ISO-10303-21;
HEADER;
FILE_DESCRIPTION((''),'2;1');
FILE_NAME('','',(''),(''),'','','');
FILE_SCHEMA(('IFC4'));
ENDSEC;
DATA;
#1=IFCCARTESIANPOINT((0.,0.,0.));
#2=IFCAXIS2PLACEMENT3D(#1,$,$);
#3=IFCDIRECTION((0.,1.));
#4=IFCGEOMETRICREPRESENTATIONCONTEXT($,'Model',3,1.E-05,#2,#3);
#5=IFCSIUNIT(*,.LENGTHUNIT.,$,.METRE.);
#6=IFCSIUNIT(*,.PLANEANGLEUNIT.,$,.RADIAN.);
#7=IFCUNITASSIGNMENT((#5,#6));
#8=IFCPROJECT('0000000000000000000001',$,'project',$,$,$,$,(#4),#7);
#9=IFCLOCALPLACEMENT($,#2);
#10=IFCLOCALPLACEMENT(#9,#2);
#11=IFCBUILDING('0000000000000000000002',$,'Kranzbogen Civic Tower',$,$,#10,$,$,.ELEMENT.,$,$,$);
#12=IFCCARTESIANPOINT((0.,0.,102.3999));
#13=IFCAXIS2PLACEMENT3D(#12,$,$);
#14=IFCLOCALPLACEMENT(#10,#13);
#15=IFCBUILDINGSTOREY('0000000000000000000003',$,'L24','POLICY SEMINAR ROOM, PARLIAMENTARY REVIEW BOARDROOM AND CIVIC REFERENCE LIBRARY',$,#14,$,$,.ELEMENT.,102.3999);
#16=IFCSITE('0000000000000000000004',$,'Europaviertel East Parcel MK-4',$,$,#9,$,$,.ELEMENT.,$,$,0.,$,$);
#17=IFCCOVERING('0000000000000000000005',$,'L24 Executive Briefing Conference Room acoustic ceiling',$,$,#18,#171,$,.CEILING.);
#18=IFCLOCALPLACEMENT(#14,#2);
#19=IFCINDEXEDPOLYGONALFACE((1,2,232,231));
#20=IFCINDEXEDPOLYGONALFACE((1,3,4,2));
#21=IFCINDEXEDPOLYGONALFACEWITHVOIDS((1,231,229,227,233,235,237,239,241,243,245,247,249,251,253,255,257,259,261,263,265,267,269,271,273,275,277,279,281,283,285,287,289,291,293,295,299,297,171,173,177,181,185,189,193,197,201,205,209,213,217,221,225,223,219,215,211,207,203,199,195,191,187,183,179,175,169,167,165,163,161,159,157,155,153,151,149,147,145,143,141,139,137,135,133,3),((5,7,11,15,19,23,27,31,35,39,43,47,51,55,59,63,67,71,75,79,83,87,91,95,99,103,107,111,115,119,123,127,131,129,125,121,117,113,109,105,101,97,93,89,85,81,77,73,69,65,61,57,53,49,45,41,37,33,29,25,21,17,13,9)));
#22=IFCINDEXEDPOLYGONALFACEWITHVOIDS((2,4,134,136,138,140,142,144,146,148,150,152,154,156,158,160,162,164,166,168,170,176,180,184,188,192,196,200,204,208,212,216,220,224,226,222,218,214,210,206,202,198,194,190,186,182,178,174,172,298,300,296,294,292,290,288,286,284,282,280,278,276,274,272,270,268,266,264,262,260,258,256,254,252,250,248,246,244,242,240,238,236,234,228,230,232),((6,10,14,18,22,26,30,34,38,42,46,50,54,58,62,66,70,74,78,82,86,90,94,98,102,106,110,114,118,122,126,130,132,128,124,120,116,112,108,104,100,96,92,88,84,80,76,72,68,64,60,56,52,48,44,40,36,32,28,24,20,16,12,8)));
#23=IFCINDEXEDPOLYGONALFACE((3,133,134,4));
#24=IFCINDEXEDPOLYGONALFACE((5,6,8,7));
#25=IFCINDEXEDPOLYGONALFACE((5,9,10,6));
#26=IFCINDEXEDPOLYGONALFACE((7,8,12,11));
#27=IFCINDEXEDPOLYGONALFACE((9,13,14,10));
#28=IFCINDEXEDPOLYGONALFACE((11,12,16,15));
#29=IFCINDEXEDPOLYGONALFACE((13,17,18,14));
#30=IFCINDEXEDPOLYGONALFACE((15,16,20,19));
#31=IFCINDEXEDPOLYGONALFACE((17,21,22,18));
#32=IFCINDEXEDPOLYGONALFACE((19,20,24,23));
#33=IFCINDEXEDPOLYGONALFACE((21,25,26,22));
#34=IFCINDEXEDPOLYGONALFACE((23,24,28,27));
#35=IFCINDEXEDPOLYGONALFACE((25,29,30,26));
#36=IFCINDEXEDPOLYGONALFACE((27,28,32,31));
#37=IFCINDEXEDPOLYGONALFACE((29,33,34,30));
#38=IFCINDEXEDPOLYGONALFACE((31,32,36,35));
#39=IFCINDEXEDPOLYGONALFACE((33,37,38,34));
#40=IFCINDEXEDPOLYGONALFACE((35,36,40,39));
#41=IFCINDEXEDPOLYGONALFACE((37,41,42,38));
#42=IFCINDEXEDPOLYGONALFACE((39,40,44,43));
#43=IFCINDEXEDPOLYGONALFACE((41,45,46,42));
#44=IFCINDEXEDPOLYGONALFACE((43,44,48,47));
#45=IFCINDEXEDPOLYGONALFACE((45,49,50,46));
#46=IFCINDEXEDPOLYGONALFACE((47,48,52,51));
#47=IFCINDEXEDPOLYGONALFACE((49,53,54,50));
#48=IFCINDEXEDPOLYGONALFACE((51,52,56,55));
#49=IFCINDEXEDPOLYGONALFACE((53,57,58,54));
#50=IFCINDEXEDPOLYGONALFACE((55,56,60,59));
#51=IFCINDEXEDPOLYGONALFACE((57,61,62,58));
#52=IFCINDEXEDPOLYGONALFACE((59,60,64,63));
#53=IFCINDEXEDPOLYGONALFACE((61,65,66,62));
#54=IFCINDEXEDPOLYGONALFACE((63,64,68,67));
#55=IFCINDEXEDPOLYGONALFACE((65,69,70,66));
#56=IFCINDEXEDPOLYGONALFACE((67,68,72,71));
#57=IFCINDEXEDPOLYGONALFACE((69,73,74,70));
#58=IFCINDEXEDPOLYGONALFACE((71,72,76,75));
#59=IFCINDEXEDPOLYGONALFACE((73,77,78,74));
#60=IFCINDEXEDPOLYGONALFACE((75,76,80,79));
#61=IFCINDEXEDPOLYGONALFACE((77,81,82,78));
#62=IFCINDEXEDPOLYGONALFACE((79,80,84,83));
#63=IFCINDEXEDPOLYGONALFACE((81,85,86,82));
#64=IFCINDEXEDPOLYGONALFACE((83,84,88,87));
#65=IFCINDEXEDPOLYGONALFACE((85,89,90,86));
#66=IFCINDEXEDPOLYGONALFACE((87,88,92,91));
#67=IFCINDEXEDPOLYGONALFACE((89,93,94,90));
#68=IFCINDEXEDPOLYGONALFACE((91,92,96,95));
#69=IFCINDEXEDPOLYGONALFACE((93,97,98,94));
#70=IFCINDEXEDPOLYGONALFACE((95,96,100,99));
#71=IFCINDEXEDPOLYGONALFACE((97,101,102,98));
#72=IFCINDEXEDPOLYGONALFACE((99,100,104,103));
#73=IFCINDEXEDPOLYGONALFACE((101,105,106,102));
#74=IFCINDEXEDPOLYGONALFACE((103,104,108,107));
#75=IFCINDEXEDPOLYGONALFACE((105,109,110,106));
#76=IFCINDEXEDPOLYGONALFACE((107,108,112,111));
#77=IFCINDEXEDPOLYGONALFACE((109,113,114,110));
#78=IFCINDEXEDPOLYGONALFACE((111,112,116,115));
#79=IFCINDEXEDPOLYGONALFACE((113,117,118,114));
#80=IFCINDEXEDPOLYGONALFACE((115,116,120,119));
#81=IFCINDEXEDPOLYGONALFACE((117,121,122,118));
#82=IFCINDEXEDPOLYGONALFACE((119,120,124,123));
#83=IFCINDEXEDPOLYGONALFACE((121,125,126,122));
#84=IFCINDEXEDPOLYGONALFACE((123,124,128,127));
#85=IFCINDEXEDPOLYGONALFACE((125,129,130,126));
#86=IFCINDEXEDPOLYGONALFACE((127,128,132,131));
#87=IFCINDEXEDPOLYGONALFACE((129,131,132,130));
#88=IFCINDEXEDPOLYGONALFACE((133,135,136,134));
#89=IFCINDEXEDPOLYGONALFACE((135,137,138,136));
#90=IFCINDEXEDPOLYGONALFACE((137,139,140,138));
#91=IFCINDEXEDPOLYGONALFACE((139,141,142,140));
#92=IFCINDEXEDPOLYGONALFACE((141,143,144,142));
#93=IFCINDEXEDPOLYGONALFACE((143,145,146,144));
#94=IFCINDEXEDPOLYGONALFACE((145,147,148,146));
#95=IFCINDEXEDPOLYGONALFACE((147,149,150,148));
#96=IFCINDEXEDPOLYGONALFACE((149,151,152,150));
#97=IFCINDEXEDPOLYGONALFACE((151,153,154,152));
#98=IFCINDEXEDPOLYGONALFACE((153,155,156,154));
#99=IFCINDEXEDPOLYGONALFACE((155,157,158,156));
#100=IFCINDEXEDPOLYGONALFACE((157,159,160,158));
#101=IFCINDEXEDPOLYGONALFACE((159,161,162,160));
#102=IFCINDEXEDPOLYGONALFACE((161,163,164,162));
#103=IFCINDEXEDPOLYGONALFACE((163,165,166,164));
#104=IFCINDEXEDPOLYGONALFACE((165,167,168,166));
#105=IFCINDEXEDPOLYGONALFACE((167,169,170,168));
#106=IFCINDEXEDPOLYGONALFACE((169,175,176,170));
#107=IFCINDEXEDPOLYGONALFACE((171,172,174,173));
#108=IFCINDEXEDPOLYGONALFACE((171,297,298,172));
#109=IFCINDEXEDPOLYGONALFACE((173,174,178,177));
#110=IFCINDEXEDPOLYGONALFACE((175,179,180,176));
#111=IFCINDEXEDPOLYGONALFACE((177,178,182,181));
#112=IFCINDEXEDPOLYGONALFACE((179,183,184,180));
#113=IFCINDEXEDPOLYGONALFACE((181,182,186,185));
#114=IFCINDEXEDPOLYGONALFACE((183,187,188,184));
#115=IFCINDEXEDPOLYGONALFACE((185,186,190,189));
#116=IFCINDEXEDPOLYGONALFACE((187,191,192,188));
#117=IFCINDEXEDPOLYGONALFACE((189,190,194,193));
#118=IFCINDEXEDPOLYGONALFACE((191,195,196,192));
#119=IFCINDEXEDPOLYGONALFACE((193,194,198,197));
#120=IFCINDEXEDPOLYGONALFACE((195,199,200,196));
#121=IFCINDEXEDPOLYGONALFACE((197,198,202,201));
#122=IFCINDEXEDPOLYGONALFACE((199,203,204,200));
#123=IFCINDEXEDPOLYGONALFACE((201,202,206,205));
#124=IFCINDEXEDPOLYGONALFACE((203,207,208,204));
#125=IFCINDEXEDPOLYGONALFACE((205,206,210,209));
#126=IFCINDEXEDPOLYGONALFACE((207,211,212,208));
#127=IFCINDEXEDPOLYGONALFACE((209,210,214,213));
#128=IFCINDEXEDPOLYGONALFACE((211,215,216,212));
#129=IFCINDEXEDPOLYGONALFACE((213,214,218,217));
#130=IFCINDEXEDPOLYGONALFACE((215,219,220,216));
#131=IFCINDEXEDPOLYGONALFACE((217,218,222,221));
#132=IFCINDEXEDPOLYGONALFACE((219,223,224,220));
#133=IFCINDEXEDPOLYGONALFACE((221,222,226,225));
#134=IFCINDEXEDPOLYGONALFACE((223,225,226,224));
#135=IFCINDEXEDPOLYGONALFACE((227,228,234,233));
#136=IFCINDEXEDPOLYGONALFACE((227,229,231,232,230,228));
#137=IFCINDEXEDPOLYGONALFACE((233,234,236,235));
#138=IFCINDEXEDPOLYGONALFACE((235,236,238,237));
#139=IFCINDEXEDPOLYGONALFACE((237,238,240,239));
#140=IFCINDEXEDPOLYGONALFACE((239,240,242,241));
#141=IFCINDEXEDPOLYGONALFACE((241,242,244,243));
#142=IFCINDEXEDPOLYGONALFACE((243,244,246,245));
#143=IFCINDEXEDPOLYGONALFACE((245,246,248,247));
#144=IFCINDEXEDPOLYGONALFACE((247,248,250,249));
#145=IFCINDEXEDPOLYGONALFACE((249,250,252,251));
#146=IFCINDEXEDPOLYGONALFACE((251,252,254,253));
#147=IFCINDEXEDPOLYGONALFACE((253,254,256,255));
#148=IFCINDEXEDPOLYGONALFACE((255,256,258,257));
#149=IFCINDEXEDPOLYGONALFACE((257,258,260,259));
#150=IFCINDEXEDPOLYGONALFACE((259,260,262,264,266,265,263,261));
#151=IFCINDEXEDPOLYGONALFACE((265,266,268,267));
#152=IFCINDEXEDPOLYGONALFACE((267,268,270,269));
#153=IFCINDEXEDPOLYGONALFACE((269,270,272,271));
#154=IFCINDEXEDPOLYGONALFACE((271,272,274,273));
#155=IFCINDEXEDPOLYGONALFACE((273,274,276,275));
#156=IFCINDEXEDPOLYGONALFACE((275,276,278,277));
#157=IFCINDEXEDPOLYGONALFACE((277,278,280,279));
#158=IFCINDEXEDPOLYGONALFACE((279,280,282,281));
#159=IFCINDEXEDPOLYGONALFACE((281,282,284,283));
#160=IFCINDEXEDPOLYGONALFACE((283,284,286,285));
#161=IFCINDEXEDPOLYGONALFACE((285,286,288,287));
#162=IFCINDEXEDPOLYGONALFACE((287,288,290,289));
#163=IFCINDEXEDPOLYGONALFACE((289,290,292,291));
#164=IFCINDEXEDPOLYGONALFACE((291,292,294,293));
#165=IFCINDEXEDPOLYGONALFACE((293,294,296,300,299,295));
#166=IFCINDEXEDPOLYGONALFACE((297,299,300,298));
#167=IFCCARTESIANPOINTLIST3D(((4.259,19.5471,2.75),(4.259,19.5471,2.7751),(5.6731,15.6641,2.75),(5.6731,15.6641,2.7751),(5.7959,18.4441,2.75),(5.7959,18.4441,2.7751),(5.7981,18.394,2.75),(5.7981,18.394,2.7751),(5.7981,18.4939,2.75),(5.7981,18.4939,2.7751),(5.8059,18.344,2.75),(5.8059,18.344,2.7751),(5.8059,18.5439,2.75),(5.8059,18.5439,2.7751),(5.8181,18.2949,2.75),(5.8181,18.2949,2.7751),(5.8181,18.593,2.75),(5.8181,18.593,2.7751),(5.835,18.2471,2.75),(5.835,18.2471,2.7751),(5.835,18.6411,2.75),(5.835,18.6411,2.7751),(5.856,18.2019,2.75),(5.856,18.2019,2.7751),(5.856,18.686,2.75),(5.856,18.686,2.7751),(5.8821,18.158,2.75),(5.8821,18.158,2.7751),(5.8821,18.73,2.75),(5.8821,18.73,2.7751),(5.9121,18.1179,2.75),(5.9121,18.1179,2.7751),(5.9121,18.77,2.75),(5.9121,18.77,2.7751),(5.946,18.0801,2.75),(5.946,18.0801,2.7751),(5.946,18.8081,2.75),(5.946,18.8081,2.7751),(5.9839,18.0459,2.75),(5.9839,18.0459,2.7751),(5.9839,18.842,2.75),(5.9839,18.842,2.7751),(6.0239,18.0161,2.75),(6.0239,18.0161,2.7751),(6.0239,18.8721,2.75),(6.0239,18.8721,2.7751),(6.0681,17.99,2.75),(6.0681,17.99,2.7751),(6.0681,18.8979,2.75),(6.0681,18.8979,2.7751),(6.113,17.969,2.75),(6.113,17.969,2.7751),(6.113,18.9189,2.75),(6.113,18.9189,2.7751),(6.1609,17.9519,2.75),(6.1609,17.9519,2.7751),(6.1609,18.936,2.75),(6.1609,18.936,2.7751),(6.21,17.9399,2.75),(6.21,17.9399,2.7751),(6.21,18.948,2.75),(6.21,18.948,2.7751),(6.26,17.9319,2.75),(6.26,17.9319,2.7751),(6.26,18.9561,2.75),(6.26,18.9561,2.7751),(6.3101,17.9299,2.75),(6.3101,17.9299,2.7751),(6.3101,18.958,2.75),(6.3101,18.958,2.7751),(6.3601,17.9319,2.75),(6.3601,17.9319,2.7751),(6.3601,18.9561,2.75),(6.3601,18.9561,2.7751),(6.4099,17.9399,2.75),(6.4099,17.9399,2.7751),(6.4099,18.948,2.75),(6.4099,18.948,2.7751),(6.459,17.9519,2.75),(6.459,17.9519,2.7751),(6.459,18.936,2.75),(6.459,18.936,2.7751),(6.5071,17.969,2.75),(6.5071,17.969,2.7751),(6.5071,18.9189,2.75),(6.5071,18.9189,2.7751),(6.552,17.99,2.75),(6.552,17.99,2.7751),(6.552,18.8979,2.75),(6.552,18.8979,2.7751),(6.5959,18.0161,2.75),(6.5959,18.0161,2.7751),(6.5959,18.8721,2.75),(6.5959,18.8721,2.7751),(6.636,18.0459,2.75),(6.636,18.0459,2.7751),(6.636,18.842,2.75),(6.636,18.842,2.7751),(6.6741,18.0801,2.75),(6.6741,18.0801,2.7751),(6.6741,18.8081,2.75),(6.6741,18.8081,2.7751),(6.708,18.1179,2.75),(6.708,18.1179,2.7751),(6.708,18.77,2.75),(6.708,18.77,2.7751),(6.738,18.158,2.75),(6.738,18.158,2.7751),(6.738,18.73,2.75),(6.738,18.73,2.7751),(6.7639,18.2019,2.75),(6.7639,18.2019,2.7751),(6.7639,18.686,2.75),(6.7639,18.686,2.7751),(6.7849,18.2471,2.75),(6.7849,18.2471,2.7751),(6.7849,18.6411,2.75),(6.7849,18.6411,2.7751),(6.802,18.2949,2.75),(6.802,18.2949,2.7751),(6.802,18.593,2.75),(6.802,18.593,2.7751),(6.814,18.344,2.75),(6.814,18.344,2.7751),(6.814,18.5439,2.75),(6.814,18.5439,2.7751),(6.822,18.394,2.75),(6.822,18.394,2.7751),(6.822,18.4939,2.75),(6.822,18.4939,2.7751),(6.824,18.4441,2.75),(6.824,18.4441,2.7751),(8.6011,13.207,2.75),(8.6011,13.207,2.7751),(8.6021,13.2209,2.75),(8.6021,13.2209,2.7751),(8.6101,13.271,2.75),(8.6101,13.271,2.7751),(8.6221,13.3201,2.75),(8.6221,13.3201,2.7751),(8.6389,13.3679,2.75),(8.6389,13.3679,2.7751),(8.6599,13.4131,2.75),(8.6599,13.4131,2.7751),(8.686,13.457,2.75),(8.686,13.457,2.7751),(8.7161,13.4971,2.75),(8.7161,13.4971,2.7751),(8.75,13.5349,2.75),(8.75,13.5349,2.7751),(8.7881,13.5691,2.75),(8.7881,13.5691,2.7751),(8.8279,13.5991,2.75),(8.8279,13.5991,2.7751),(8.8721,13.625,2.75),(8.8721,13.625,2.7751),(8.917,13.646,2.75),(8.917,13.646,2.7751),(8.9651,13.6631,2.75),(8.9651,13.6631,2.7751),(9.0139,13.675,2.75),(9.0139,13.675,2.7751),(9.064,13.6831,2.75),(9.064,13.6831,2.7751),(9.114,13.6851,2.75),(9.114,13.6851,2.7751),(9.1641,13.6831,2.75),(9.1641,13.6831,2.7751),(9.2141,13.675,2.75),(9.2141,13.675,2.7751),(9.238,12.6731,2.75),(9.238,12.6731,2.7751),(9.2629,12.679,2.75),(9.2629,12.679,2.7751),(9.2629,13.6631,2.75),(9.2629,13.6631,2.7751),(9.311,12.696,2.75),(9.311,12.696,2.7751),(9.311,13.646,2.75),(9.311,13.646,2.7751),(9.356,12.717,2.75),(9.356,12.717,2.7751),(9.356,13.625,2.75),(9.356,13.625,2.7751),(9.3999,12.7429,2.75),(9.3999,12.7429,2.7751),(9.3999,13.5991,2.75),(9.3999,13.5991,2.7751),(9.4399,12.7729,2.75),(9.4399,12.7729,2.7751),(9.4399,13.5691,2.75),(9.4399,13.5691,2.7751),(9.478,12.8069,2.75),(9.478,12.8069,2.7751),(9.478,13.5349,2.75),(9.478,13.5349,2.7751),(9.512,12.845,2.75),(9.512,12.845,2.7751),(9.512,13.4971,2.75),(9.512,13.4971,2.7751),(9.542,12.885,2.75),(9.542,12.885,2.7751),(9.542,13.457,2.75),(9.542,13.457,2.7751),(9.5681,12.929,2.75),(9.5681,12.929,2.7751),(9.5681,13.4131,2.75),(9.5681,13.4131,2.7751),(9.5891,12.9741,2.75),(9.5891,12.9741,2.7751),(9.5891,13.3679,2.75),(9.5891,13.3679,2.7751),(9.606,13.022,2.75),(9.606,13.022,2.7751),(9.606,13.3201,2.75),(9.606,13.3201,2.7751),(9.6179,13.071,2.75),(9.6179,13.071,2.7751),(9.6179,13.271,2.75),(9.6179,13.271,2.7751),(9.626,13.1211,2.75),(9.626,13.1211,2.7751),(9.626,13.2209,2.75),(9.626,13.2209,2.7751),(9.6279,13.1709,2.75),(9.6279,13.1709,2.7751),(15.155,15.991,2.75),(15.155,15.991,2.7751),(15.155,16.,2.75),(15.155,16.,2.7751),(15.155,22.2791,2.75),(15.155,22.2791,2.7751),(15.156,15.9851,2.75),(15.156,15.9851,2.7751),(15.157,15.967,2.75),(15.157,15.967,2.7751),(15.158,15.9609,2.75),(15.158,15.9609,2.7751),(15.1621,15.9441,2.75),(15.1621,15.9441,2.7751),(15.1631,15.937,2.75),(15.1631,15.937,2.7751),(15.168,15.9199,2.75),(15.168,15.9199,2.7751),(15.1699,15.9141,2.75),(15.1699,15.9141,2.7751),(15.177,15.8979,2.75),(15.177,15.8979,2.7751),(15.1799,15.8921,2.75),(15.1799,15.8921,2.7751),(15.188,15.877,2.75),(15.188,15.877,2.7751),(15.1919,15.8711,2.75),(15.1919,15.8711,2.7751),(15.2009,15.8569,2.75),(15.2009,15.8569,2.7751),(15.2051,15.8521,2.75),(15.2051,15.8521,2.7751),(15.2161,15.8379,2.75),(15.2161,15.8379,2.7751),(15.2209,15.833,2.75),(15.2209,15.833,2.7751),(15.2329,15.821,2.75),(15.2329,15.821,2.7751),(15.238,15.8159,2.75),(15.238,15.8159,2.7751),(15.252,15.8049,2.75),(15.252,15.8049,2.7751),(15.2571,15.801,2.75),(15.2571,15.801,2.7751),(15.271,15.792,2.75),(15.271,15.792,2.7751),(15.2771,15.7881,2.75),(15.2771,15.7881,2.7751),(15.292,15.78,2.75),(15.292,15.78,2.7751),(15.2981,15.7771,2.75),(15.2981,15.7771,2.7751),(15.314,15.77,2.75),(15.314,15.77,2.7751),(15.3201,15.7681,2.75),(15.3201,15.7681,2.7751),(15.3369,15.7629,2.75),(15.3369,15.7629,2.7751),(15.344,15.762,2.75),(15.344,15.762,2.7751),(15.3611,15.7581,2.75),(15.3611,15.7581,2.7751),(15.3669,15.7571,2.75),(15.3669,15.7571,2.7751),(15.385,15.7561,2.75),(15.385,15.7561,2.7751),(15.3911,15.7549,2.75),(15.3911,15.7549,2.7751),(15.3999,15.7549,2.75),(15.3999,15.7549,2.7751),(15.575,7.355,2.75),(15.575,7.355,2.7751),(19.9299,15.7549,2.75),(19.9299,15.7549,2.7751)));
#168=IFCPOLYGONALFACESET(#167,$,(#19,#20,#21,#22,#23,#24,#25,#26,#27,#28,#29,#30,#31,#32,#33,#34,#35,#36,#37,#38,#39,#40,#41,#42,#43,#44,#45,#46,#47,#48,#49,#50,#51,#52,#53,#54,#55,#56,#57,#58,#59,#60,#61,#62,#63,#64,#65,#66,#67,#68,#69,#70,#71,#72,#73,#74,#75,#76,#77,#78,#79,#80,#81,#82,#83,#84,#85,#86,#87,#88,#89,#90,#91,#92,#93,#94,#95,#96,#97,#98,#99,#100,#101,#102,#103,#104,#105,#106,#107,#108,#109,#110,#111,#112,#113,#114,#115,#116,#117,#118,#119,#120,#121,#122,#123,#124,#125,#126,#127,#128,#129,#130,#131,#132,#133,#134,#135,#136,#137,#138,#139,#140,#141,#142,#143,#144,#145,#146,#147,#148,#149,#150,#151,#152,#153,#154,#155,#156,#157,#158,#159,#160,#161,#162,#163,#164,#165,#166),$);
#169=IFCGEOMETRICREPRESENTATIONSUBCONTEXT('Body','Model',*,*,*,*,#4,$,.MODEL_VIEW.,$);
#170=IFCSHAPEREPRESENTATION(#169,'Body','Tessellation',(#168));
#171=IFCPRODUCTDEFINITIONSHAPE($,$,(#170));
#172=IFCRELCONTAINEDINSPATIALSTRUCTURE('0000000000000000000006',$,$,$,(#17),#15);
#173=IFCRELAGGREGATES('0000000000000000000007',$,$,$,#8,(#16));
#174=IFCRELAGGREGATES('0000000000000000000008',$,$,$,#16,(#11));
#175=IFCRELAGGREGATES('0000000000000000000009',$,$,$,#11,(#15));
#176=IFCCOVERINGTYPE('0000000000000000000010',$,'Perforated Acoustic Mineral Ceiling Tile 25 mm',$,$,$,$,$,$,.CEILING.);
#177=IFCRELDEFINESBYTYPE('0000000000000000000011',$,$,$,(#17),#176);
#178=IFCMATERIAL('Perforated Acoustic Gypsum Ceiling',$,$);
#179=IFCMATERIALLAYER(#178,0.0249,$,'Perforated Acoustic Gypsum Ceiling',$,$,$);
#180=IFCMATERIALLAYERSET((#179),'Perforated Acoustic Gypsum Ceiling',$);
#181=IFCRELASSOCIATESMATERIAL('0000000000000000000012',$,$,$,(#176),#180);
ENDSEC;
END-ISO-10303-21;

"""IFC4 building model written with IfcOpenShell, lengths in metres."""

from ifc_helpers import new_model, si_unit, direction, frame, origin, place, context, subcontext, project, spatial, polyline, outline, extrude, material, layer, layer_set, type_object, element, save


model = new_model("IFC4")

# Units and contexts
model_context = context("Model", 3, precision=1e-05, world=origin(), true_north=direction((0.0, 1.0)))
body_context = subcontext(model_context, "Body", "Model", "MODEL_VIEW")
ifc_project = project(units=[si_unit("LENGTHUNIT", "METRE"), si_unit("PLANEANGLEUNIT", "RADIAN")], contexts=[model_context])

# Site, building, storey
site_placement = place(None, origin())
site = spatial("IfcSite", under=ifc_project, at=site_placement, Name="Europaviertel East Parcel MK-4", CompositionType="ELEMENT", RefElevation=0.0)
building_placement = place(site_placement, origin())
building = spatial("IfcBuilding", under=site, at=building_placement, Name="Kranzbogen Civic Tower", CompositionType="ELEMENT")
storey_placement = place(building_placement, frame((0.0, 0.0, 102.3999)))
storey = spatial("IfcBuildingStorey", under=building, at=storey_placement, Name="L24", Description="POLICY SEMINAR ROOM, PARLIAMENTARY REVIEW BOARDROOM AND CIVIC REFERENCE LIBRARY", CompositionType="ELEMENT", Elevation=102.3999)

# Covering
ifc_material_1 = material(Name="Perforated Acoustic Gypsum Ceiling")
ifc_layer_1 = layer(ifc_material_1, 0.0249, Name="Perforated Acoustic Gypsum Ceiling")
ifc_layer_set_1 = layer_set([ifc_layer_1], Name="Perforated Acoustic Gypsum Ceiling")
covering_type_1 = type_object("IfcCoveringType", Name="Perforated Acoustic Mineral Ceiling Tile 25 mm", PredefinedType="CEILING", material=ifc_layer_set_1)
covering_1_placement = place(storey_placement, frame((0.0, 0.0, 2.75)))
element("IfcCovering", 1, at=covering_1_placement, inside=storey, type_object=covering_type_1, Name="L24 Executive Briefing Conference Room acoustic ceiling", PredefinedType="CEILING", context=body_context, shape_type="SweptSolid", body=[
    extrude(outline(polyline([(4.259, 19.5471), (15.155, 22.2791), (15.155, 16.0), (15.155, 15.991), (15.156, 15.9851), (15.157, 15.967), (15.158, 15.9609), (15.1621, 15.9441), (15.1631, 15.937), (15.168, 15.9199), (15.1699, 15.9141), (15.177, 15.8979), (15.1799, 15.8921), (15.188, 15.877), (15.1919, 15.8711), (15.2009, 15.8569), (15.2051, 15.8521), (15.2161, 15.8379), (15.2209, 15.833), (15.2329, 15.821), (15.238, 15.8159), (15.252, 15.8049), (15.2571, 15.801), (15.271, 15.792), (15.2771, 15.7881), (15.292, 15.78), (15.2981, 15.7771), (15.314, 15.77), (15.3201, 15.7681), (15.3369, 15.7629), (15.344, 15.762), (15.3611, 15.7581), (15.3669, 15.7571), (15.385, 15.7561), (15.3911, 15.7549), (15.3999, 15.7549), (19.9299, 15.7549), (15.575, 7.355), (9.238, 12.6731), (9.2629, 12.679), (9.311, 12.696), (9.356, 12.717), (9.3999, 12.7429), (9.4399, 12.7729), (9.478, 12.8069), (9.512, 12.845), (9.542, 12.885), (9.5681, 12.929), (9.5891, 12.9741), (9.606, 13.022), (9.6179, 13.071), (9.626, 13.1211), (9.6279, 13.1709), (9.626, 13.2209), (9.6179, 13.271), (9.606, 13.3201), (9.5891, 13.3679), (9.5681, 13.4131), (9.542, 13.457), (9.512, 13.4971), (9.478, 13.5349), (9.4399, 13.5691), (9.3999, 13.5991), (9.356, 13.625), (9.311, 13.646), (9.2629, 13.6631), (9.2141, 13.675), (9.1641, 13.6831), (9.114, 13.6851), (9.064, 13.6831), (9.0139, 13.675), (8.9651, 13.6631), (8.917, 13.646), (8.8721, 13.625), (8.8279, 13.5991), (8.7881, 13.5691), (8.75, 13.5349), (8.7161, 13.4971), (8.686, 13.457), (8.6599, 13.4131), (8.6389, 13.3679), (8.6221, 13.3201), (8.6101, 13.271), (8.6021, 13.2209), (8.6011, 13.207), (5.6731, 15.6641), (4.259, 19.5471)]), holes=[polyline([(6.7849, 18.2471), (6.7639, 18.2019), (6.738, 18.158), (6.708, 18.1179), (6.6741, 18.0801), (6.636, 18.0459), (6.5959, 18.0161), (6.552, 17.99), (6.5071, 17.969), (6.459, 17.9519), (6.4099, 17.9399), (6.3601, 17.9319), (6.3101, 17.9299), (6.26, 17.9319), (6.21, 17.9399), (6.1609, 17.9519), (6.113, 17.969), (6.0681, 17.99), (6.0239, 18.0161), (5.9839, 18.0459), (5.946, 18.0801), (5.9121, 18.1179), (5.8821, 18.158), (5.856, 18.2019), (5.835, 18.2471), (5.8181, 18.2949), (5.8059, 18.344), (5.7981, 18.394), (5.7959, 18.4441), (5.7981, 18.4939), (5.8059, 18.5439), (5.8181, 18.593), (5.835, 18.6411), (5.856, 18.686), (5.8821, 18.73), (5.9121, 18.77), (5.946, 18.8081), (5.9839, 18.842), (6.0239, 18.8721), (6.0681, 18.8979), (6.113, 18.9189), (6.1609, 18.936), (6.21, 18.948), (6.26, 18.9561), (6.3101, 18.958), (6.3601, 18.9561), (6.4099, 18.948), (6.459, 18.936), (6.5071, 18.9189), (6.552, 18.8979), (6.5959, 18.8721), (6.636, 18.842), (6.6741, 18.8081), (6.708, 18.77), (6.738, 18.73), (6.7639, 18.686), (6.7849, 18.6411), (6.802, 18.593), (6.814, 18.5439), (6.822, 18.4939), (6.824, 18.4441), (6.822, 18.394), (6.814, 18.344), (6.802, 18.2949), (6.7849, 18.2471)])]), origin(), (0.0, 0.0, 1.0), 0.0251),
])

save(model, "model.ifc")
